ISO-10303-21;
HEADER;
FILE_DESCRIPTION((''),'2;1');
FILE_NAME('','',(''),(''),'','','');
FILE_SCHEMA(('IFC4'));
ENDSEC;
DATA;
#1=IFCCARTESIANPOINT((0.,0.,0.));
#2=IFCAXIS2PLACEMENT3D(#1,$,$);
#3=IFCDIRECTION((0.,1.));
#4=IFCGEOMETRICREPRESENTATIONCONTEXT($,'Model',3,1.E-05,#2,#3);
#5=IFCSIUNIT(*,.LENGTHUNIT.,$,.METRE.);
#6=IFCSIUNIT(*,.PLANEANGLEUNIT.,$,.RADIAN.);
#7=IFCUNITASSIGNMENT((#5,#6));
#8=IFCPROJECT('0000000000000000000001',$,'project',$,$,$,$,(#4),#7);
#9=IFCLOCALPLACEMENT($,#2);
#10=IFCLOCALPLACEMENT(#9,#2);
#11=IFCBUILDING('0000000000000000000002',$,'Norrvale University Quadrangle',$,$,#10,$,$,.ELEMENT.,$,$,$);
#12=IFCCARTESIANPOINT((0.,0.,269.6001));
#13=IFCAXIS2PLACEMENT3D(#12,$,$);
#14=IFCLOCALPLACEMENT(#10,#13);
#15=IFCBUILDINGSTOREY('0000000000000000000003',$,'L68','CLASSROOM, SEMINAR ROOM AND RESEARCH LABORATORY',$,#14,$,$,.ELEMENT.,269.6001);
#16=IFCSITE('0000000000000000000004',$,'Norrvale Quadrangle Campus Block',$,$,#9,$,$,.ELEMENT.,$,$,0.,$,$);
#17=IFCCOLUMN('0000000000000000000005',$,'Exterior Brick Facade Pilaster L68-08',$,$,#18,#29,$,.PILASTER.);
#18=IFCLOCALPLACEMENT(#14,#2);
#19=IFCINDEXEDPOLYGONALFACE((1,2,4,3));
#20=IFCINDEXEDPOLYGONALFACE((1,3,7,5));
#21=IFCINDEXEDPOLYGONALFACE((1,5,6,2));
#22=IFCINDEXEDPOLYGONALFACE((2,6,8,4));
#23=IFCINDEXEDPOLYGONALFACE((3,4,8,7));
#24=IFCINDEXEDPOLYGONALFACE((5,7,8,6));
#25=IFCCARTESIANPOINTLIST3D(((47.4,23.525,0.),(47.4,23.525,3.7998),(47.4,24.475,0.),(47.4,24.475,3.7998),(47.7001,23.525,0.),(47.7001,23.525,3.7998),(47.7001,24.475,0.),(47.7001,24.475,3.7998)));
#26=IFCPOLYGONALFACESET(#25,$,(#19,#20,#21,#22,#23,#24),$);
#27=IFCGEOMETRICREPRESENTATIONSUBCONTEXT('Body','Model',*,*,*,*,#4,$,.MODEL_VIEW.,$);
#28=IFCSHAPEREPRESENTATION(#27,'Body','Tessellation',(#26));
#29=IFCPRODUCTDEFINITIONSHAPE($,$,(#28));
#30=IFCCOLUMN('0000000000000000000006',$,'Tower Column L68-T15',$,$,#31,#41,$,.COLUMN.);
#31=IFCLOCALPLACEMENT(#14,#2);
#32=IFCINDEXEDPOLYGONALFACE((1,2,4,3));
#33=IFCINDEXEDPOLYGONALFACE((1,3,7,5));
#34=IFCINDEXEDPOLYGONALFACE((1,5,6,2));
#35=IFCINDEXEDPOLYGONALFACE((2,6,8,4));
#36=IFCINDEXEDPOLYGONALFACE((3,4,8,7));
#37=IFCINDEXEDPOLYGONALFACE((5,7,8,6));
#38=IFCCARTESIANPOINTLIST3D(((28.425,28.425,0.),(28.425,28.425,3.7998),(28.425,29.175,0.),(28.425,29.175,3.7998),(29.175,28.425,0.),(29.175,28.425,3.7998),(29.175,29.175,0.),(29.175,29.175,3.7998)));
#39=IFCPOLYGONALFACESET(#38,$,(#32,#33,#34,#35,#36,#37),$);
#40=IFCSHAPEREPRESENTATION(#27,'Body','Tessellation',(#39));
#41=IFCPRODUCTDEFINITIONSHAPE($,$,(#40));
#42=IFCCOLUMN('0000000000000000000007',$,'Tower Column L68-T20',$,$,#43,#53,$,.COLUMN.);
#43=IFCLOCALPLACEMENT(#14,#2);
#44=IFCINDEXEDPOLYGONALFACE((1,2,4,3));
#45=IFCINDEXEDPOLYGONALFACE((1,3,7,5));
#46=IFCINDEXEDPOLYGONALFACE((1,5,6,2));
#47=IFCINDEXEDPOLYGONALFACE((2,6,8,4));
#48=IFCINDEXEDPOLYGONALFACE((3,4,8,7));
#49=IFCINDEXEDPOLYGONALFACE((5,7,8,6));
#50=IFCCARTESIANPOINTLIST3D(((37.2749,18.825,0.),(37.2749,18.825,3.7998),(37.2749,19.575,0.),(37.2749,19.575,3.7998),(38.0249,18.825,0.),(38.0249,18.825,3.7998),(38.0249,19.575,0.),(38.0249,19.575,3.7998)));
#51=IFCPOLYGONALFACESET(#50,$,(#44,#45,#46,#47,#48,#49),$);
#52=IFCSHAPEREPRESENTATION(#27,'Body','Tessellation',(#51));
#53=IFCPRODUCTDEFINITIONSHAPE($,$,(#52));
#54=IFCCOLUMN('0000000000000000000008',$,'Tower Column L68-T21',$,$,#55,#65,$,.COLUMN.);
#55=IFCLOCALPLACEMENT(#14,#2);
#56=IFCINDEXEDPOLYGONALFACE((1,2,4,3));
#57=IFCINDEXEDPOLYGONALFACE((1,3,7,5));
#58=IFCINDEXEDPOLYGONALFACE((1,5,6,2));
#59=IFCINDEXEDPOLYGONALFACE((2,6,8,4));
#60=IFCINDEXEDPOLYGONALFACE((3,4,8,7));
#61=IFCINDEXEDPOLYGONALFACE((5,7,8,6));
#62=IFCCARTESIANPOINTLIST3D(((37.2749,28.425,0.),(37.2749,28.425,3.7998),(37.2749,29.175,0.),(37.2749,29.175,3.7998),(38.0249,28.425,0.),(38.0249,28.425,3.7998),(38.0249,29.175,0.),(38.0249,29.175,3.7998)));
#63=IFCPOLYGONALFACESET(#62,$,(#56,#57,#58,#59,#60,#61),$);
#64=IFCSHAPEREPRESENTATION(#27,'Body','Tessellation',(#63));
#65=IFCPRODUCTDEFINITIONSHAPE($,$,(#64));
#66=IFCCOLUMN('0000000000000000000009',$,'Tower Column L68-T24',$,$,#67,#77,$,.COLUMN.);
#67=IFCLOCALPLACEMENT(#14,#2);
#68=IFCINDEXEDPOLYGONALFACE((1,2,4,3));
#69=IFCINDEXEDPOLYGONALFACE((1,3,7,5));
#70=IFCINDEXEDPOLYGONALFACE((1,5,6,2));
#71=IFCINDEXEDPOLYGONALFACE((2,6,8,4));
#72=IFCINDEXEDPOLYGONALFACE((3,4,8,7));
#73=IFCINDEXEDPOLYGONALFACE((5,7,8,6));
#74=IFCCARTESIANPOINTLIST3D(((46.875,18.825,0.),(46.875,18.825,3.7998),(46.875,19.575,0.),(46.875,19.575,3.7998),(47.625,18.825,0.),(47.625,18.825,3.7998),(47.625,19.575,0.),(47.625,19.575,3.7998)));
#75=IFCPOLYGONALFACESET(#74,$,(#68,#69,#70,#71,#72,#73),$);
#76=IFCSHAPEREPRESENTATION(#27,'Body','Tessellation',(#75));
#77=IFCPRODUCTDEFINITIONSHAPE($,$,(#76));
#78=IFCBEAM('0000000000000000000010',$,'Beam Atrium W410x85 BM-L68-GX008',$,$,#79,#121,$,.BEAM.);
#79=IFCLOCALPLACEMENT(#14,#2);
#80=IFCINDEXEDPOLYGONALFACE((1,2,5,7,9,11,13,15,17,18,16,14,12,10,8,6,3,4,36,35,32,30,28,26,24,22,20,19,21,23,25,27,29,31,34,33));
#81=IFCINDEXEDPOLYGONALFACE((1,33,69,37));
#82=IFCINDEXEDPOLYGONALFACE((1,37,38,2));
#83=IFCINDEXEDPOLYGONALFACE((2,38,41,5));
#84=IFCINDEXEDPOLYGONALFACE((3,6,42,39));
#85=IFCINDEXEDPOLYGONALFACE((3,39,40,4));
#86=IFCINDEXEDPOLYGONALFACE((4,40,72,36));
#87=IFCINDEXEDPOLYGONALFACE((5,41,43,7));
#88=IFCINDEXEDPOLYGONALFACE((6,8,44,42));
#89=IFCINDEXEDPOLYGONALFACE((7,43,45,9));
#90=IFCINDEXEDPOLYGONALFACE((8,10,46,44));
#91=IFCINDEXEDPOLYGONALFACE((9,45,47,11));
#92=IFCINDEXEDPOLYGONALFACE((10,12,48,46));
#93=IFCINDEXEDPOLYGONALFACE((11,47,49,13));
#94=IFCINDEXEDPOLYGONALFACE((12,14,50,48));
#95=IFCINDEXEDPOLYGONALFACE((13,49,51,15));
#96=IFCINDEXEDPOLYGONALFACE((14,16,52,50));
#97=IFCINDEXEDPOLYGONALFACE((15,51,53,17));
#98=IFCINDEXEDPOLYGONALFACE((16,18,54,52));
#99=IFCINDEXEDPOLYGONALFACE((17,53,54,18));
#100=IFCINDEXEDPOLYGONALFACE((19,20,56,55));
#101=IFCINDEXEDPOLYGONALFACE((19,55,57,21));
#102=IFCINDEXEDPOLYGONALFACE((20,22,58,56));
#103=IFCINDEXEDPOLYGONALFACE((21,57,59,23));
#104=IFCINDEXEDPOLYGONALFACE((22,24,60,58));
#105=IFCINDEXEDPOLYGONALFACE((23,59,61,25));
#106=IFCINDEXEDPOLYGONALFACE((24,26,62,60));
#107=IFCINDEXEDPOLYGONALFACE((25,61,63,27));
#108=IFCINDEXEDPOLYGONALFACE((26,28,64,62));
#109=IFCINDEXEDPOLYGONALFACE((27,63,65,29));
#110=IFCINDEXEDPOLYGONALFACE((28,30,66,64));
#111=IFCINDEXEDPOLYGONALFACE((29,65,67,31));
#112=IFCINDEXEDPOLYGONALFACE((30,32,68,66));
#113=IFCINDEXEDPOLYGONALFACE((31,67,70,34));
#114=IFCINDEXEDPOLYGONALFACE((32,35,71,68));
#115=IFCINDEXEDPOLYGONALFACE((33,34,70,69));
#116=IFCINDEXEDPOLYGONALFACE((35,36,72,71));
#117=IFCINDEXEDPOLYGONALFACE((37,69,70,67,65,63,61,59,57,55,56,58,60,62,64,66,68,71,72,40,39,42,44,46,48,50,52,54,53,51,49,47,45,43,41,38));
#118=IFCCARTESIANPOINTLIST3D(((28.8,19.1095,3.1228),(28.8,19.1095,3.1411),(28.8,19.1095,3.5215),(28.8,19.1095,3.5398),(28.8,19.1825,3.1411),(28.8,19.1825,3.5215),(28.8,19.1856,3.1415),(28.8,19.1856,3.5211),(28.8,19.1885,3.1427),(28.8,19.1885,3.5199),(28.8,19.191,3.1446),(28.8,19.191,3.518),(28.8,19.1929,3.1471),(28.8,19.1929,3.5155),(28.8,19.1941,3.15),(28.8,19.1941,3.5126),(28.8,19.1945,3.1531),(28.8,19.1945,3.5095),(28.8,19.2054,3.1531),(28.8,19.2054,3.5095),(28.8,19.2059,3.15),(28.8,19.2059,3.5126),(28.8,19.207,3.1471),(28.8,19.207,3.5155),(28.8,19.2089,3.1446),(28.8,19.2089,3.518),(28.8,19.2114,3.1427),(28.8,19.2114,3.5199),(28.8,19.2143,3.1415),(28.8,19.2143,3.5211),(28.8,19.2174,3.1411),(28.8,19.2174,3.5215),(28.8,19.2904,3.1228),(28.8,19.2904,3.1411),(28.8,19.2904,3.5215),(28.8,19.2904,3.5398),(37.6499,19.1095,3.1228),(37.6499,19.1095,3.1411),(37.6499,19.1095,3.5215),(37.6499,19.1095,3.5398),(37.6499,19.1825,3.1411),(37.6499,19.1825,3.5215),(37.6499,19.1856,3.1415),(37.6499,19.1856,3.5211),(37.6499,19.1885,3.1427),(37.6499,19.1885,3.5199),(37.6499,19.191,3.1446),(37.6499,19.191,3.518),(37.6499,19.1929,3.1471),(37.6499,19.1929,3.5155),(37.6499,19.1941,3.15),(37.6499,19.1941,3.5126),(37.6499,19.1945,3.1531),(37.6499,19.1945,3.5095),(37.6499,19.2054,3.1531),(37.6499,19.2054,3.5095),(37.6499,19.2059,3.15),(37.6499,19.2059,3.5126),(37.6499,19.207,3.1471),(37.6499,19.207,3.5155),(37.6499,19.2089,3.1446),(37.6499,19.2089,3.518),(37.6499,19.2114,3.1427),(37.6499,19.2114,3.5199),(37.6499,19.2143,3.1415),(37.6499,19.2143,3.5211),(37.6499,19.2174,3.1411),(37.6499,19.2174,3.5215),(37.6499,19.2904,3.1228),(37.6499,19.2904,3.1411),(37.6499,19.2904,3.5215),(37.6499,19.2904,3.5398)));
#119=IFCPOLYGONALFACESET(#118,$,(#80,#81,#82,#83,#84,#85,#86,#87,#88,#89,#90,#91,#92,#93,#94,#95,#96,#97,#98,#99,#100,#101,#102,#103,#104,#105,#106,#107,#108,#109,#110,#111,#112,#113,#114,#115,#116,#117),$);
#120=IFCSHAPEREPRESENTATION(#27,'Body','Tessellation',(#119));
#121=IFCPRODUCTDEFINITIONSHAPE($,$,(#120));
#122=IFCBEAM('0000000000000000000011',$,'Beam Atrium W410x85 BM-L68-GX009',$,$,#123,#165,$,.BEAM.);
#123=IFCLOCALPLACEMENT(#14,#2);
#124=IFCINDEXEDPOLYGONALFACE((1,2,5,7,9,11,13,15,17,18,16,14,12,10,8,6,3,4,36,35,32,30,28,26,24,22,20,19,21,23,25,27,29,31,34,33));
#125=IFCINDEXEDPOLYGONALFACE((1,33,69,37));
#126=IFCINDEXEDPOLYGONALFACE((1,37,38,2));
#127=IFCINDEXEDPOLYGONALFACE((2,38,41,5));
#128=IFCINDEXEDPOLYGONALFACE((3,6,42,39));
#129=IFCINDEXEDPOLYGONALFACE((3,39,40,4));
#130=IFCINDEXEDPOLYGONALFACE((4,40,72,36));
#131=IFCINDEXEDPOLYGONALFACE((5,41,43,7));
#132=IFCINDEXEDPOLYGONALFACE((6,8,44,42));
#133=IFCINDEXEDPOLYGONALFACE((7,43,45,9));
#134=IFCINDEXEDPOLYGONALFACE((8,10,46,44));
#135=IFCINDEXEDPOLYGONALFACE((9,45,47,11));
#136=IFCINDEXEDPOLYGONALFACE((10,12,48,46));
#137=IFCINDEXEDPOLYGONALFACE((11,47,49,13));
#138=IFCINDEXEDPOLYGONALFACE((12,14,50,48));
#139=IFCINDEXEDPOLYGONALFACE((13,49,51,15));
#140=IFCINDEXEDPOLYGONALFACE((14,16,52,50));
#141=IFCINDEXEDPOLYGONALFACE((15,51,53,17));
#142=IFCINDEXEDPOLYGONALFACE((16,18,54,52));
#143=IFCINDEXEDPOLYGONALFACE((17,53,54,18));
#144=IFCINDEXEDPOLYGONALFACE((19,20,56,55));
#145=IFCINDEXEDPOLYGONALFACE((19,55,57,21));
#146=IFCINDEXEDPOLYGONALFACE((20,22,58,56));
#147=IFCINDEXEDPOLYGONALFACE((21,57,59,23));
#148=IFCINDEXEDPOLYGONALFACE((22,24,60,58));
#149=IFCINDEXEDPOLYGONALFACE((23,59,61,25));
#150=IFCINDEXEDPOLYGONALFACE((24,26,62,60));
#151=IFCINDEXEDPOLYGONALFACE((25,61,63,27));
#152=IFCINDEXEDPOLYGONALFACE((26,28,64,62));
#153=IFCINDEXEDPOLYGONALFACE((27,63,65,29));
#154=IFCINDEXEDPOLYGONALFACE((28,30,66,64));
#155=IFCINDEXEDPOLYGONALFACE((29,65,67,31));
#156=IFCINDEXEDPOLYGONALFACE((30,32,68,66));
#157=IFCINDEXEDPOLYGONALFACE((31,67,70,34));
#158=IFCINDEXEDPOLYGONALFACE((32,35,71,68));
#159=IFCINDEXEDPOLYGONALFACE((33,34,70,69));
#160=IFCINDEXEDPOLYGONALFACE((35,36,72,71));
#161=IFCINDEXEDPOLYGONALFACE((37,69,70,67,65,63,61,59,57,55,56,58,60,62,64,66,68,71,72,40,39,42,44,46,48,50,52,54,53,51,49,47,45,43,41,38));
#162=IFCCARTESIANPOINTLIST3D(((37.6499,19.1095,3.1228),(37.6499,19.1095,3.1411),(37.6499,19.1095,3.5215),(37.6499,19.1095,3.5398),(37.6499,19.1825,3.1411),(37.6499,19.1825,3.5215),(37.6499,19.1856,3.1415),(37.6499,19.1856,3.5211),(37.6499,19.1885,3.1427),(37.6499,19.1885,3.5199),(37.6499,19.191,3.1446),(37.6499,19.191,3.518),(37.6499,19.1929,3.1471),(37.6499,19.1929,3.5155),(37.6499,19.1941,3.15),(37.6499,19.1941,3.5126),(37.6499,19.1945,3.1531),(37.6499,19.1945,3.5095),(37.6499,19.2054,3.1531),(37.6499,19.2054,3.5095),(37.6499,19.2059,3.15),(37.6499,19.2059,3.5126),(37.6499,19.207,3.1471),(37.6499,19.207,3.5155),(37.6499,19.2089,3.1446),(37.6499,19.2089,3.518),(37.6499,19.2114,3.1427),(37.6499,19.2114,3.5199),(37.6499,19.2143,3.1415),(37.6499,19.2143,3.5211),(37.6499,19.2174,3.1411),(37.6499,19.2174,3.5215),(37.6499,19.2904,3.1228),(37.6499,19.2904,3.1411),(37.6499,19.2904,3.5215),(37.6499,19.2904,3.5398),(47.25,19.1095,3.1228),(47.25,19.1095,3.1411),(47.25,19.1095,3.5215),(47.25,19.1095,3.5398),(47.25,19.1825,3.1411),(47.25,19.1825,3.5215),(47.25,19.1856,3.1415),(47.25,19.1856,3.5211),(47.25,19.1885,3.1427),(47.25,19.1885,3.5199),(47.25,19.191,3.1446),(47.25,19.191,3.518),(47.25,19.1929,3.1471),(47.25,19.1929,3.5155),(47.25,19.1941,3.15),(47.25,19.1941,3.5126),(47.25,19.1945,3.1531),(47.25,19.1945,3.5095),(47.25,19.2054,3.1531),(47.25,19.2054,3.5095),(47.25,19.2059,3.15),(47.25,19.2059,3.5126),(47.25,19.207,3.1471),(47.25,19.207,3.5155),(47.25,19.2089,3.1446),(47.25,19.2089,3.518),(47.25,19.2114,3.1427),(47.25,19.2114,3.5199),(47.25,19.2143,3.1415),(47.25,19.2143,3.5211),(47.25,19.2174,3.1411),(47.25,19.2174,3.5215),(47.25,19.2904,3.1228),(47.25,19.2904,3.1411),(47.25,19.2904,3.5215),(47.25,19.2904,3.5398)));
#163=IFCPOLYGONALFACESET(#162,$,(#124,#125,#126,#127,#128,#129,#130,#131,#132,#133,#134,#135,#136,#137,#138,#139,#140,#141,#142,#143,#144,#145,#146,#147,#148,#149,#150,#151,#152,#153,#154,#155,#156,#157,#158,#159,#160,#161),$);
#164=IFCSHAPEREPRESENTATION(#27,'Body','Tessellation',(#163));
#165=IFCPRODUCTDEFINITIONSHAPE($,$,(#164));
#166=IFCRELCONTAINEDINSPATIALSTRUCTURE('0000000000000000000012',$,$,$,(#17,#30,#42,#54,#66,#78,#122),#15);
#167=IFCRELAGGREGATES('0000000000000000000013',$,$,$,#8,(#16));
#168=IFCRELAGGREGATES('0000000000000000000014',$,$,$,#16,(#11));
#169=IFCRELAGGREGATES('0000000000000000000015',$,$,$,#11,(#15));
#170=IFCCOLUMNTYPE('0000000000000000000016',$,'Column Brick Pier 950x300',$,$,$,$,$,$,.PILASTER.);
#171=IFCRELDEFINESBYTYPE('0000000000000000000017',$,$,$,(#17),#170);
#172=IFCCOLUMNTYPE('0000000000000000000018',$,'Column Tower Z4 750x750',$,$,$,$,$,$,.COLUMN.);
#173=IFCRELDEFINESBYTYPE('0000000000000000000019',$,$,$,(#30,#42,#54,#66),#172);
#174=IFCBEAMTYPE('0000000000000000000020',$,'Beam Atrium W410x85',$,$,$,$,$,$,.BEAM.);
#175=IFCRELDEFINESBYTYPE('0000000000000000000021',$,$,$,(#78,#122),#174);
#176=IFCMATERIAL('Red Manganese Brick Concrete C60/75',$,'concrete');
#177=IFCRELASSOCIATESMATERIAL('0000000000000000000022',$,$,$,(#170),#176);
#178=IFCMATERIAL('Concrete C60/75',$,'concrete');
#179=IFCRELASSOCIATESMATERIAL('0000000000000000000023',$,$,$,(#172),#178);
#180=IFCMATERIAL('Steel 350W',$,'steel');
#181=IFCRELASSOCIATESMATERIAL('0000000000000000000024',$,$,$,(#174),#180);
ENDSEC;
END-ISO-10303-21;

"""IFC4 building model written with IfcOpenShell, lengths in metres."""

from ifc_helpers import new_model, si_unit, direction, frame, origin, origin_2d, place, context, subcontext, project, spatial, rectangle, i_section, extrude, material, material_profile, profile_set, type_object, element, save


model = new_model("IFC4")

# Units and contexts
model_context = context("Model", 3, precision=1e-05, world=origin(), true_north=direction((0.0, 1.0)))
body_context = subcontext(model_context, "Body", "Model", "MODEL_VIEW")
ifc_project = project(units=[si_unit("LENGTHUNIT", "METRE"), si_unit("PLANEANGLEUNIT", "RADIAN")], contexts=[model_context])

# Site, building, storey
site_placement = place(None, origin())
site = spatial("IfcSite", under=ifc_project, at=site_placement, Name="Norrvale Quadrangle Campus Block", CompositionType="ELEMENT", RefElevation=0.0)
building_placement = place(site_placement, origin())
building = spatial("IfcBuilding", under=site, at=building_placement, Name="Norrvale University Quadrangle", CompositionType="ELEMENT")
storey_placement = place(building_placement, frame((0.0, 0.0, 269.6001)))
storey = spatial("IfcBuildingStorey", under=building, at=storey_placement, Name="L68", Description="CLASSROOM, SEMINAR ROOM AND RESEARCH LABORATORY", CompositionType="ELEMENT", Elevation=269.6001)

# Columns
ifc_material_1 = material(Name="Red Manganese Brick Concrete C60/75", Category="concrete")
ifc_material_profile_1 = material_profile(ifc_material_1, rectangle(XDim=0.95, YDim=0.3, at=origin_2d()), Name="Red Manganese Brick Concrete C60/75")
ifc_profile_set_1 = profile_set([ifc_material_profile_1], Name="Red Manganese Brick Concrete C60/75")
column_type_1 = type_object("IfcColumnType", Name="Column Brick Pier 950x300", PredefinedType="PILASTER", material=ifc_profile_set_1)
column_placement = place(storey_placement, frame((47.55, 24.0, 0.0), z_axis=(0.0, 0.0, 1.0), x_axis=(0.0, 1.0, 0.0)))
element("IfcColumn", 1, at=column_placement, inside=storey, type_object=column_type_1, Name="Exterior Brick Facade Pilaster L68-08", PredefinedType="PILASTER", context=body_context, shape_type="SweptSolid", body=[
    extrude(rectangle(XDim=0.95, YDim=0.3, at=origin_2d()), origin(), (0.0, 0.0, 1.0), 3.7998),
])
ifc_material_2 = material(Name="Concrete C60/75", Category="concrete")
ifc_material_profile_2 = material_profile(ifc_material_2, rectangle(XDim=0.75, YDim=0.75, at=origin_2d()), Name="Concrete C60/75")
ifc_profile_set_2 = profile_set([ifc_material_profile_2], Name="Concrete C60/75")
column_type_2 = type_object("IfcColumnType", Name="Column Tower Z4 750x750", PredefinedType="COLUMN", material=ifc_profile_set_2)
for number, where, z_axis, x_axis, name in (
    (2, (28.8, 28.8, 0.0), (0.0, 0.0, 1.0), (1.0, 0.0, 0.0), "Tower Column L68-T15"),
    (3, (37.6499, 19.2, 0.0), (0.0, 0.0, 1.0), (1.0, 0.0, 0.0), "Tower Column L68-T20"),
    (4, (37.6499, 28.8, 0.0), (0.0, 0.0, 1.0), (1.0, 0.0, 0.0), "Tower Column L68-T21"),
    (5, (47.25, 19.2, 0.0), (0.0, 0.0, 1.0), (1.0, 0.0, 0.0), "Tower Column L68-T24"),
):
    element("IfcColumn", number, at=place(storey_placement, frame(where, z_axis=z_axis, x_axis=x_axis)), inside=storey, type_object=column_type_2, Name=name, PredefinedType="COLUMN", context=body_context, shape_type="SweptSolid", body=[
        extrude(rectangle(XDim=0.75, YDim=0.75, at=origin_2d()), origin(), (0.0, 0.0, 1.0), 3.7998),
    ])

# Beams
ifc_material_3 = material(Name="Steel 350W", Category="steel")
ifc_material_profile_3 = material_profile(ifc_material_3, i_section(OverallWidth=0.1809, OverallDepth=0.417, WebThickness=0.011, FlangeThickness=0.0183, FilletRadius=0.012, at=origin_2d()), Name="Steel 350W")
ifc_profile_set_3 = profile_set([ifc_material_profile_3], Name="Steel 350W")
beam_type_1 = type_object("IfcBeamType", Name="Beam Atrium W410x85", PredefinedType="BEAM", material=ifc_profile_set_3)
beam_1_placement = place(storey_placement, frame((28.8, 19.2, 3.3313), z_axis=(1.0, 0.0, 0.0), x_axis=(0.0, 1.0, 0.0)))
element("IfcBeam", 6, at=beam_1_placement, inside=storey, type_object=beam_type_1, Name="Beam Atrium W410x85 BM-L68-GX008", PredefinedType="BEAM", context=body_context, shape_type="SweptSolid", body=[
    extrude(i_section(OverallWidth=0.1809, OverallDepth=0.417, WebThickness=0.011, FlangeThickness=0.0183, FilletRadius=0.012, at=origin_2d()), origin(), (0.0, 0.0, 1.0), 8.8499),
])
beam_2_placement = place(storey_placement, frame((37.6499, 19.2, 3.3313), z_axis=(1.0, 0.0, 0.0), x_axis=(0.0, 1.0, 0.0)))
element("IfcBeam", 7, at=beam_2_placement, inside=storey, type_object=beam_type_1, Name="Beam Atrium W410x85 BM-L68-GX009", PredefinedType="BEAM", context=body_context, shape_type="SweptSolid", body=[
    extrude(i_section(OverallWidth=0.1809, OverallDepth=0.417, WebThickness=0.011, FlangeThickness=0.0183, FilletRadius=0.012, at=origin_2d()), origin(), (0.0, 0.0, 1.0), 9.6001),
])

save(model, "model.ifc")
